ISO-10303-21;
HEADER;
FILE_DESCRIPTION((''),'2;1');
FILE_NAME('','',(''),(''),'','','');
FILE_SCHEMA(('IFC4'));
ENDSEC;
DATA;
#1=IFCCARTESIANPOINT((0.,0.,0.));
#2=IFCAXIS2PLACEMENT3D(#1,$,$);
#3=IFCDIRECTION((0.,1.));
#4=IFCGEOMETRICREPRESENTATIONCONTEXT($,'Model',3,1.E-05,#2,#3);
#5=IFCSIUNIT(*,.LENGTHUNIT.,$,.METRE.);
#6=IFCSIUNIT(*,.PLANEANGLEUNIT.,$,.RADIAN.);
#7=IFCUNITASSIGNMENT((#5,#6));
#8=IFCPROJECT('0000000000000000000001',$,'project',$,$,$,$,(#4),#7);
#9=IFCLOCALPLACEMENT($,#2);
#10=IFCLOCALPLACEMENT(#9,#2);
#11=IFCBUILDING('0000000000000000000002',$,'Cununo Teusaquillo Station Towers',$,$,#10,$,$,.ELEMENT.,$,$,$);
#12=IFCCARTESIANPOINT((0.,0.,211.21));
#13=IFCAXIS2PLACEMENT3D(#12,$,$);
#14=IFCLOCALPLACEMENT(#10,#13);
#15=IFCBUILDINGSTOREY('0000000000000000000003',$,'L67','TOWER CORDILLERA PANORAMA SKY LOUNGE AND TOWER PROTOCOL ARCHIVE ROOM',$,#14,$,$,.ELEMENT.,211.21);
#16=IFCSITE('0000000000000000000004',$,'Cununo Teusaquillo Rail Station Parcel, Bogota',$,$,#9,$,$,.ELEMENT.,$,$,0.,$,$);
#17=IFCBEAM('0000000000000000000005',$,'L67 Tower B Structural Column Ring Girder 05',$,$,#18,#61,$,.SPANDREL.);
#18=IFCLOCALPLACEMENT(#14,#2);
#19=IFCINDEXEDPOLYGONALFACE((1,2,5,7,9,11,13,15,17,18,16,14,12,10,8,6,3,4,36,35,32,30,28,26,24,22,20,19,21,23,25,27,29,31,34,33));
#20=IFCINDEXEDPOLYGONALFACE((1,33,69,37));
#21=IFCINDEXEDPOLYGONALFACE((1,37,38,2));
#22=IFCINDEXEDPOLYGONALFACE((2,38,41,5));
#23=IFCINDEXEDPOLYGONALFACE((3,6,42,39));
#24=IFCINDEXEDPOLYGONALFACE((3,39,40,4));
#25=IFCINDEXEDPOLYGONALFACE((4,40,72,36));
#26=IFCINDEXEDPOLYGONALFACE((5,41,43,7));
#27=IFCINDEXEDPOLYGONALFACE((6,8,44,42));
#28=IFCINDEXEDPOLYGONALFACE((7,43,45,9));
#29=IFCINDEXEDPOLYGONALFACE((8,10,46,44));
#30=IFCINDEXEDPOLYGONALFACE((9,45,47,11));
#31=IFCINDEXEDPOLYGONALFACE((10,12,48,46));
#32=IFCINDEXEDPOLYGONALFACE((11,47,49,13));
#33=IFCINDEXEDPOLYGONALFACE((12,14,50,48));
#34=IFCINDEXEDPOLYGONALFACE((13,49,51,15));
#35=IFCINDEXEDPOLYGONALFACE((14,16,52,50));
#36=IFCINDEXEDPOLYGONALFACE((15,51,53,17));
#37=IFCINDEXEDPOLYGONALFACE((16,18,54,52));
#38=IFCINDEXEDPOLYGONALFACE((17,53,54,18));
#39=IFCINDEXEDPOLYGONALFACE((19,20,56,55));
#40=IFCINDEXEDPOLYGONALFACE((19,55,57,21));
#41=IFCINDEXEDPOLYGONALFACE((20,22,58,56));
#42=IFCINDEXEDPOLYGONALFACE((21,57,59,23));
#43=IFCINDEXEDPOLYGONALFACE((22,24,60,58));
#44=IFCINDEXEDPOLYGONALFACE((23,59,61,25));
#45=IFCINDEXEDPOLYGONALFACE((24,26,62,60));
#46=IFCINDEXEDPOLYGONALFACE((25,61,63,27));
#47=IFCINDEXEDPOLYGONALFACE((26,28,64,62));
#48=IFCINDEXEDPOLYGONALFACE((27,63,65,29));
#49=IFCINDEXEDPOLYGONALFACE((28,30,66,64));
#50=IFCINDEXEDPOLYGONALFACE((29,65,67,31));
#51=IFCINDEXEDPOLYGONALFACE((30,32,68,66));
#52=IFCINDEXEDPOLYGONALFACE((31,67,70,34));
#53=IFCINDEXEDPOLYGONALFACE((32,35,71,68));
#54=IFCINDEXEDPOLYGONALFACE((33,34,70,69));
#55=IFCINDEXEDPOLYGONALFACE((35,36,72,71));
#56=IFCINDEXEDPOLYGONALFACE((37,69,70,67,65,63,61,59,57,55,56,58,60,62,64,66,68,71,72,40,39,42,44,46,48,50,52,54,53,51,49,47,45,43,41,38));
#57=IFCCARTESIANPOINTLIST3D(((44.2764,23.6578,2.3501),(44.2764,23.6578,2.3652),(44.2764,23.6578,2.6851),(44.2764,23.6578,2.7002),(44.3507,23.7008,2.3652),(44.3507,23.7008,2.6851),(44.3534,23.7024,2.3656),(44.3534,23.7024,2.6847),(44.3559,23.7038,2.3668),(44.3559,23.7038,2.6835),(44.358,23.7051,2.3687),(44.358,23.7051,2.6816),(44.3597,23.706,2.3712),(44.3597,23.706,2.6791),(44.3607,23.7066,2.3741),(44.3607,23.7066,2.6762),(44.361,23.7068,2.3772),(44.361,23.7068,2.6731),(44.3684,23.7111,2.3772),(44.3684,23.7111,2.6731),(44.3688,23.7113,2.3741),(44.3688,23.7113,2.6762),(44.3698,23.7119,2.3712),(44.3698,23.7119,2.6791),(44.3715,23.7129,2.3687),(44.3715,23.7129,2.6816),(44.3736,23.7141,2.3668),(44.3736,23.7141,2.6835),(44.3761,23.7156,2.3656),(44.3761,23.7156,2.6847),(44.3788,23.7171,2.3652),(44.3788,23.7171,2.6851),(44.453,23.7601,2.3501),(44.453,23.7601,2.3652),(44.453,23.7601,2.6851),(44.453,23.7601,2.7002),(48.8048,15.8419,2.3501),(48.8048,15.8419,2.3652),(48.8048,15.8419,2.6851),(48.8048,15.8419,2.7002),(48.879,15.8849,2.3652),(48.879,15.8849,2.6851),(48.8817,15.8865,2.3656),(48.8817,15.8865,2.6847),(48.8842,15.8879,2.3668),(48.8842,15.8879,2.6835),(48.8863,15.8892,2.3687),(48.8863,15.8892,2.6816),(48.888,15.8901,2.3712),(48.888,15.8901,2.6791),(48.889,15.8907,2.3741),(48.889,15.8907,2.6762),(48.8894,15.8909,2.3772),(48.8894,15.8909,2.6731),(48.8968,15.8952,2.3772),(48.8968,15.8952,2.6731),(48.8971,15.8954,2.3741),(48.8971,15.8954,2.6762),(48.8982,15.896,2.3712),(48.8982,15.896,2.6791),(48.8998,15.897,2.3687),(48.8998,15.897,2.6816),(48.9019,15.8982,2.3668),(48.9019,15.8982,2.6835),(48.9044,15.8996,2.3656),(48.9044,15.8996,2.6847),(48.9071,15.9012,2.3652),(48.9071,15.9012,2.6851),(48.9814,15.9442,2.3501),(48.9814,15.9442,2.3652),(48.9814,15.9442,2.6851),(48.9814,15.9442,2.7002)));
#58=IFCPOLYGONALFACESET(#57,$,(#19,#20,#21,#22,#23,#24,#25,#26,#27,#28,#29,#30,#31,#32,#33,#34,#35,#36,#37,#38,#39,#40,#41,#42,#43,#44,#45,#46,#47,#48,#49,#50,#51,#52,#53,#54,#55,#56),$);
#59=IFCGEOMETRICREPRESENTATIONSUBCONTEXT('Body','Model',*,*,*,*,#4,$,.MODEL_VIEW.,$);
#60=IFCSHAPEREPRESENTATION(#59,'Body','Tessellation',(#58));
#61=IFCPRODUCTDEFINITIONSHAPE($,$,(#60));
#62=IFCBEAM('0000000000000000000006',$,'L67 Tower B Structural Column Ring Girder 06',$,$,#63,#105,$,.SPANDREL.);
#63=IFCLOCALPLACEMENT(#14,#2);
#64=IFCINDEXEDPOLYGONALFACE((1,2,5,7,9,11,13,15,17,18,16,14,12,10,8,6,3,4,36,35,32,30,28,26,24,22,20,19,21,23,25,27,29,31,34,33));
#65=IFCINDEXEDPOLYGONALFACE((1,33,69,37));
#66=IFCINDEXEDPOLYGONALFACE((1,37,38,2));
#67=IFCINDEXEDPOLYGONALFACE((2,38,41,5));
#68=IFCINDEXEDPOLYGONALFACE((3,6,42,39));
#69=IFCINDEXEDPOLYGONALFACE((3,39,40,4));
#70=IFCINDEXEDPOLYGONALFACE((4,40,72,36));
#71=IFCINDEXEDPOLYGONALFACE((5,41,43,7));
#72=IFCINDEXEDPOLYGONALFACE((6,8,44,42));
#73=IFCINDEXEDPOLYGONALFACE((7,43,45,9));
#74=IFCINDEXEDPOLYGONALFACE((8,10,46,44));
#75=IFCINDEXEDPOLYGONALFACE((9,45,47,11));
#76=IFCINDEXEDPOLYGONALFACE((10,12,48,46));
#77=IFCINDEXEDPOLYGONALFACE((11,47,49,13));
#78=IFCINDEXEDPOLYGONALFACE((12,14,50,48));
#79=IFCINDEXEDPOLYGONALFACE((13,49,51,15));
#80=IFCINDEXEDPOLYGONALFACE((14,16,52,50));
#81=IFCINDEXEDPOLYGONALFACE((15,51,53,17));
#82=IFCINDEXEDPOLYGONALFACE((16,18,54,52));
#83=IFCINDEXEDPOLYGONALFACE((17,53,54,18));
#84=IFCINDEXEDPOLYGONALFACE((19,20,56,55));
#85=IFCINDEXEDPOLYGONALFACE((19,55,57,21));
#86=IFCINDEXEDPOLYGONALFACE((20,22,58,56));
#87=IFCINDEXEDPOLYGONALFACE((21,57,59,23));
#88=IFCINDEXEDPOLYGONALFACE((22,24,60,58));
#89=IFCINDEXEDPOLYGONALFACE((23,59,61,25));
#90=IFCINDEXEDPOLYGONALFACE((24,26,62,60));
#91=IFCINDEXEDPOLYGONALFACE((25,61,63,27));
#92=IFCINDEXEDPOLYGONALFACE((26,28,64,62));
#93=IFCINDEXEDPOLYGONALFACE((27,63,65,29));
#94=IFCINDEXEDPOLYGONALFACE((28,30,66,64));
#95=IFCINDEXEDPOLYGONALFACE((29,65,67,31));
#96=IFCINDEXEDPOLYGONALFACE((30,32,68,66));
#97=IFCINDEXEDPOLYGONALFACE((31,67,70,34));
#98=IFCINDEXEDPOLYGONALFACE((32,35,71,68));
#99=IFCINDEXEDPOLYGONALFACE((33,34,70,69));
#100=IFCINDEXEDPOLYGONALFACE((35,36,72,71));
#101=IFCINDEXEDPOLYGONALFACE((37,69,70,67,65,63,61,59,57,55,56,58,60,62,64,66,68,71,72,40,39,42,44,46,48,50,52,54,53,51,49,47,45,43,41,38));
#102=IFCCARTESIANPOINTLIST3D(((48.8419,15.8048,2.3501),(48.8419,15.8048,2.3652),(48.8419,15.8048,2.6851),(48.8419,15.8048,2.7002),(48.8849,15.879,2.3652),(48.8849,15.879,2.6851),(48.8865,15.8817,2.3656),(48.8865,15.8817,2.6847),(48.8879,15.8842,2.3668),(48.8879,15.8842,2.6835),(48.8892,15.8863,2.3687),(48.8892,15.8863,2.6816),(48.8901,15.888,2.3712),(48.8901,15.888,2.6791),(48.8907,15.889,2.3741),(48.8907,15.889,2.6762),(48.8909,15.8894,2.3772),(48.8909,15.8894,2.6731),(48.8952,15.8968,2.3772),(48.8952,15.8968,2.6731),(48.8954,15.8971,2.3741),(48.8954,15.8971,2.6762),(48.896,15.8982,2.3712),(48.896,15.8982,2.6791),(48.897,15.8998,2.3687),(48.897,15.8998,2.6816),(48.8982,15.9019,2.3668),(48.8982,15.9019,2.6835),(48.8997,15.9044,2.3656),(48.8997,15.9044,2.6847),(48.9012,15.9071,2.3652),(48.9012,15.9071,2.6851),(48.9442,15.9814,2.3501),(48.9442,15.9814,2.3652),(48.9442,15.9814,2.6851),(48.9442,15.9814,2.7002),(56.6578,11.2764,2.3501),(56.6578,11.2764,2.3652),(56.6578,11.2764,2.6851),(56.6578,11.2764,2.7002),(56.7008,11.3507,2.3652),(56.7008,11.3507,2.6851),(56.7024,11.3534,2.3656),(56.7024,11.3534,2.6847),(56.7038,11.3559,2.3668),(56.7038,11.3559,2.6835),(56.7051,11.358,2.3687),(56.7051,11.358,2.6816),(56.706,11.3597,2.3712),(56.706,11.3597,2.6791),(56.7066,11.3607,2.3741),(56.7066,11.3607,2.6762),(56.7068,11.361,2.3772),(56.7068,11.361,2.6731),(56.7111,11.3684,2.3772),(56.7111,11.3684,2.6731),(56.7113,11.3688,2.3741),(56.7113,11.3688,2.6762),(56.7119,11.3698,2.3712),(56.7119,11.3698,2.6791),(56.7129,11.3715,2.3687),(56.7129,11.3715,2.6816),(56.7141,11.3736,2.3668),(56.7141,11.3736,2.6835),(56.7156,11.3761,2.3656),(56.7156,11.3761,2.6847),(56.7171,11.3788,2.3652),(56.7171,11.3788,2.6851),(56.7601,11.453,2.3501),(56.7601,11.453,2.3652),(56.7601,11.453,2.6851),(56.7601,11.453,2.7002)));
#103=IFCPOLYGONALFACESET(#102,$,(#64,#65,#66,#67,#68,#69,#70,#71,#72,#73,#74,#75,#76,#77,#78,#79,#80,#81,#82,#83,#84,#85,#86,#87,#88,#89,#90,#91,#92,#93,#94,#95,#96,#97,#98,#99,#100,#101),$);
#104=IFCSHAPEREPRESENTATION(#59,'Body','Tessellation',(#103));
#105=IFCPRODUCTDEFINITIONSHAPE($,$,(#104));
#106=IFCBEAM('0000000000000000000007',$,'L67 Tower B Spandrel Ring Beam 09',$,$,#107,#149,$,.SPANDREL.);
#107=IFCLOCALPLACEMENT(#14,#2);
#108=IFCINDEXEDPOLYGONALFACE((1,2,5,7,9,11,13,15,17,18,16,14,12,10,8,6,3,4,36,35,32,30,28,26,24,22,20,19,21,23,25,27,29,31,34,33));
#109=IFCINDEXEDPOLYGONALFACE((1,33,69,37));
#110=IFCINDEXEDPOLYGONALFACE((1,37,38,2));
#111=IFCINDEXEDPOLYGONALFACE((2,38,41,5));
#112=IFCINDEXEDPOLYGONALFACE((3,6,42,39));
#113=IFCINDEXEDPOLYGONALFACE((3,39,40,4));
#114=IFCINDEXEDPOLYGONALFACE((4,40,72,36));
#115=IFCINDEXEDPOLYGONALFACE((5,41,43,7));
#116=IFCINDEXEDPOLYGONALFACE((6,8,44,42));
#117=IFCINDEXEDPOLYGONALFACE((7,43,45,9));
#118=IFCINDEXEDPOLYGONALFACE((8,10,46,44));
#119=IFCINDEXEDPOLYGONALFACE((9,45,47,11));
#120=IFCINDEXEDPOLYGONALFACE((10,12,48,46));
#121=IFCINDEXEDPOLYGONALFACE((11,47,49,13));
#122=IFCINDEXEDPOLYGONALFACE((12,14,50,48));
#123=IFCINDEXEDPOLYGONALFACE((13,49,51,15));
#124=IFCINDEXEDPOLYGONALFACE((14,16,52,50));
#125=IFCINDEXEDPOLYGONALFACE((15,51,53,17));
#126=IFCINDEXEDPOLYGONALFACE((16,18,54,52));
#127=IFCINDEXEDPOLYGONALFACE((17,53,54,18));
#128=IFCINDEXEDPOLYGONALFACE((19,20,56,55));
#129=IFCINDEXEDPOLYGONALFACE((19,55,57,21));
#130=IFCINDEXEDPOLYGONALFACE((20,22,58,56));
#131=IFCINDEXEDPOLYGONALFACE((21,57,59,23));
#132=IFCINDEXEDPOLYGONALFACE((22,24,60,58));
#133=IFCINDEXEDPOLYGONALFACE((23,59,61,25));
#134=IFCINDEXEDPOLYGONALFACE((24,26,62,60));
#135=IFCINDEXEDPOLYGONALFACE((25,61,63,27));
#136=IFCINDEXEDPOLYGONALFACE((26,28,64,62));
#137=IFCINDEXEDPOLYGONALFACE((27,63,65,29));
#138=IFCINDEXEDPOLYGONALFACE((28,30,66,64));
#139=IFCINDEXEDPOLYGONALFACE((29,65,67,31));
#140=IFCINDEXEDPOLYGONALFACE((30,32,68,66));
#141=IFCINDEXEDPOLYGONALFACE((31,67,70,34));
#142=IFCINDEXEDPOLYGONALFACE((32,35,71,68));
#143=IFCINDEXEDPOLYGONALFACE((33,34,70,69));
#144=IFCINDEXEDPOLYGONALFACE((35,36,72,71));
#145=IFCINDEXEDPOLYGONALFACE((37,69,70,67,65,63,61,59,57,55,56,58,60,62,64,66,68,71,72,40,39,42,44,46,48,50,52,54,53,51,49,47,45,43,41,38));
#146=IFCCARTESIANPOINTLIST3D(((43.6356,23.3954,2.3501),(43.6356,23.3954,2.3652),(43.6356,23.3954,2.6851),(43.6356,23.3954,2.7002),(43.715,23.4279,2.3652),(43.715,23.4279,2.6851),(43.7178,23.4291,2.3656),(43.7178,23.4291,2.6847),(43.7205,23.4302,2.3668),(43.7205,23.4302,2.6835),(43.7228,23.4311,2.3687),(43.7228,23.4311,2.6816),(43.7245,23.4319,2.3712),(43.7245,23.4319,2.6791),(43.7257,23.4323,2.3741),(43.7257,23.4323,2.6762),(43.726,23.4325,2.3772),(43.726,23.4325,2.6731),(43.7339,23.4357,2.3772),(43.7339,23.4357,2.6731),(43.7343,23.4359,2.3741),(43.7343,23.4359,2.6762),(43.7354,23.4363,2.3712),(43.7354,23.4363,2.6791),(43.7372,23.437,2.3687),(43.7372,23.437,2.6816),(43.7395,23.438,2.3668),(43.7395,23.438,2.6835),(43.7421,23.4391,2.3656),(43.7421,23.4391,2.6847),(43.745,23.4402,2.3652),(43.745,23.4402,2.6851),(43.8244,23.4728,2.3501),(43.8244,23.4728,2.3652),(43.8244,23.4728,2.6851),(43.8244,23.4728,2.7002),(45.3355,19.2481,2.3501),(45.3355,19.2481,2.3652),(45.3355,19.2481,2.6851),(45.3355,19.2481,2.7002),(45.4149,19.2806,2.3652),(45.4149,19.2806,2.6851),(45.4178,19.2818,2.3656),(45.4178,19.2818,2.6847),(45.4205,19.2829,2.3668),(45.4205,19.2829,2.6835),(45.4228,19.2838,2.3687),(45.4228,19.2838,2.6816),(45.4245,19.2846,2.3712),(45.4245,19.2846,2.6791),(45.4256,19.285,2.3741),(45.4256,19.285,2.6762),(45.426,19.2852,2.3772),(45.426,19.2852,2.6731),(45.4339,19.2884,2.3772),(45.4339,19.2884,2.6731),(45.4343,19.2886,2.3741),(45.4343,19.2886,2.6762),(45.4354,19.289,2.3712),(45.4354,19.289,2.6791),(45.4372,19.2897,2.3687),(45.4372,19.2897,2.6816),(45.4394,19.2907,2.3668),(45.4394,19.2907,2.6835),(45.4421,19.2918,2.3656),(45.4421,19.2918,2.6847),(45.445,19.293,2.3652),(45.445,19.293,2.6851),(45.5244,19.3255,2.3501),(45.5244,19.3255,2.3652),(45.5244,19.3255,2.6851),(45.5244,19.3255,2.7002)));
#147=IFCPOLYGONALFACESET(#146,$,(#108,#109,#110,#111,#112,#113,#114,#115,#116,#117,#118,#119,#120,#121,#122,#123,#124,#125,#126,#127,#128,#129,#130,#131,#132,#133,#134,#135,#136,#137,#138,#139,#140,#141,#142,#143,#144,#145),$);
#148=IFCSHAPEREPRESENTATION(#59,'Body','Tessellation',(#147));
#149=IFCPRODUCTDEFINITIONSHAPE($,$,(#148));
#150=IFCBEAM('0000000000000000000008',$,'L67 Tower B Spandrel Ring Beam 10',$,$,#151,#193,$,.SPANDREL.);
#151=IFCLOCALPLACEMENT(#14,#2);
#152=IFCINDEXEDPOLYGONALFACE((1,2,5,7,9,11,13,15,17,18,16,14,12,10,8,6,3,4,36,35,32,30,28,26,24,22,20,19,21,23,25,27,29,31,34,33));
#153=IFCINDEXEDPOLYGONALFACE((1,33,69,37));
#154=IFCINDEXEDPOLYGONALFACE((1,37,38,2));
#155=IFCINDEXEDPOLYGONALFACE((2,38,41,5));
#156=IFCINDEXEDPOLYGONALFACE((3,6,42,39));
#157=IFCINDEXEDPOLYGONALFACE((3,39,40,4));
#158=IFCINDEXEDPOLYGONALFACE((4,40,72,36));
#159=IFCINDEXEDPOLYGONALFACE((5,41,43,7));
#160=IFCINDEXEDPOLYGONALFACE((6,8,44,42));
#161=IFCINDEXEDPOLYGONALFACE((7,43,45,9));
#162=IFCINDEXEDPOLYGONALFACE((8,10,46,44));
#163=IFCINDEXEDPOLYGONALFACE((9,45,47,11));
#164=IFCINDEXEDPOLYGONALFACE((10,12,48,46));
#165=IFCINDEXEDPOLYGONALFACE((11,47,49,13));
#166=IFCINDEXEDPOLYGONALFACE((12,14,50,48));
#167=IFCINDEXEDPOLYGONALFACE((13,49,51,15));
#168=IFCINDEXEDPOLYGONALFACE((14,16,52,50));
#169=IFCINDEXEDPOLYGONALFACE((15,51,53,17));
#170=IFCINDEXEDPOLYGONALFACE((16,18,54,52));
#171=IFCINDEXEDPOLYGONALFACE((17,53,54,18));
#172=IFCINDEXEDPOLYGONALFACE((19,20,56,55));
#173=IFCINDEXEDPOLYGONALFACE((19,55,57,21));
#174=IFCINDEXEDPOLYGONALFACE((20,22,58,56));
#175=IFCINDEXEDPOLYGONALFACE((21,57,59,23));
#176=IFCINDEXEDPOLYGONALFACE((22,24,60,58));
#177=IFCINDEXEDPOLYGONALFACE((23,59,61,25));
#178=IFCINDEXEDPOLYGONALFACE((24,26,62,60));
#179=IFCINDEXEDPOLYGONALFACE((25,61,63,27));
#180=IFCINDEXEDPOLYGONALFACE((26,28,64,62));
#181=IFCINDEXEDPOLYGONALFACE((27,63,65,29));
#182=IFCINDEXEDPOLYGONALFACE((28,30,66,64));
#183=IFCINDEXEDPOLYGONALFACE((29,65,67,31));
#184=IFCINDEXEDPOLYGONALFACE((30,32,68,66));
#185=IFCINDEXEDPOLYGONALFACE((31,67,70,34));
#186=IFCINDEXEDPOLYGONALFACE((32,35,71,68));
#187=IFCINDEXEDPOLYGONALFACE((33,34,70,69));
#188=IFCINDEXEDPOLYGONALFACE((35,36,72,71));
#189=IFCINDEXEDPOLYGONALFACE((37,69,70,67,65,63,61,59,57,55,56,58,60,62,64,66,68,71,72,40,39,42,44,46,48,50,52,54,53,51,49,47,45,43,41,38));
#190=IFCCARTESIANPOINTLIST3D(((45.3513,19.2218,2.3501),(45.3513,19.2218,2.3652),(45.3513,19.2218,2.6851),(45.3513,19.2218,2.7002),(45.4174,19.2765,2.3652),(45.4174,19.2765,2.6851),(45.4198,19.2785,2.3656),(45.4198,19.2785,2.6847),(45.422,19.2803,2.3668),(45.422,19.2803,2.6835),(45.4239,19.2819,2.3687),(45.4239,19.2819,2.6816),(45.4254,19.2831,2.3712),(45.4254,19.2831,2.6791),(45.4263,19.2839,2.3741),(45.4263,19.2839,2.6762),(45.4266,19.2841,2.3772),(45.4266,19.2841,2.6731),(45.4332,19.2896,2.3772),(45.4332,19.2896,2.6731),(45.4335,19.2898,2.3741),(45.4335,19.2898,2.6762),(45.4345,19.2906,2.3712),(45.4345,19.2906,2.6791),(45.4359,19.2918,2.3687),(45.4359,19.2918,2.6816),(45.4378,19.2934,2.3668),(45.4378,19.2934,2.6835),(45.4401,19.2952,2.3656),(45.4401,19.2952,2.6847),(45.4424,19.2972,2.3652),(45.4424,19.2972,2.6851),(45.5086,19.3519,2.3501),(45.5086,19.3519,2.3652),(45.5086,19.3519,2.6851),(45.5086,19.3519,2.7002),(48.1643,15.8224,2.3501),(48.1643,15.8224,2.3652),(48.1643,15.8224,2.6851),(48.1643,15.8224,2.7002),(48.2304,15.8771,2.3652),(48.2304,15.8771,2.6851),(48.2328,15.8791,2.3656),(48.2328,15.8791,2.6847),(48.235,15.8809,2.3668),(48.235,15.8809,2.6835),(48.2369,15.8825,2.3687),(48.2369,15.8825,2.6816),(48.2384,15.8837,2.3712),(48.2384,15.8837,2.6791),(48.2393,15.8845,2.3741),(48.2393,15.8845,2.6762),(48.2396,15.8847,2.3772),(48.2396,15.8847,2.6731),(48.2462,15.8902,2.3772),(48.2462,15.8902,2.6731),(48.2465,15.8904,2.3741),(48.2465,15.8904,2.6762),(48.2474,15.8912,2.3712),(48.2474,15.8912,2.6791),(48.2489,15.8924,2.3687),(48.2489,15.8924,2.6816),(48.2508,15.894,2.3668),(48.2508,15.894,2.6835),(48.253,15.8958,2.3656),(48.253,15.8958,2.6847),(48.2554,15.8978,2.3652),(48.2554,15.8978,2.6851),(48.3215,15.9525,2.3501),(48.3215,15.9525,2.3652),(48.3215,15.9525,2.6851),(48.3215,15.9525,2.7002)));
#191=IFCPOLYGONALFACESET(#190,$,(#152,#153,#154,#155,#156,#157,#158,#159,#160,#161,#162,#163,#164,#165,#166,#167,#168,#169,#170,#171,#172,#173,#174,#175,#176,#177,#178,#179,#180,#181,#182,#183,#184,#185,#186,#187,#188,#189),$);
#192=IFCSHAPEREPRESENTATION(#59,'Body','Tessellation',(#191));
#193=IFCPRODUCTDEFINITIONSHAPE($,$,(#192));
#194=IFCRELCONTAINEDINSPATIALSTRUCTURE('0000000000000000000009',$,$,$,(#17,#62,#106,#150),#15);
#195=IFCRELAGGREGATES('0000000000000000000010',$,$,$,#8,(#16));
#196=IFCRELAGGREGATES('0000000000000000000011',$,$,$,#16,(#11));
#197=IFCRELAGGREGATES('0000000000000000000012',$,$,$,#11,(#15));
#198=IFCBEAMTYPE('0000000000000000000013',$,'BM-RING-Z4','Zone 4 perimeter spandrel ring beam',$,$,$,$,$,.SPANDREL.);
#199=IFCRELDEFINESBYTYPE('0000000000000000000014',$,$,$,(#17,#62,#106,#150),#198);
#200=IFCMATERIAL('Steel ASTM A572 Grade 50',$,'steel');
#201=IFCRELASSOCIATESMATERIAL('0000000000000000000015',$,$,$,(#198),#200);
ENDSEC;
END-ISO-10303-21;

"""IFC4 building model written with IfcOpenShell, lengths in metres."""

from ifc_helpers import new_model, si_unit, direction, frame, origin, origin_2d, place, context, subcontext, project, spatial, i_section, extrude, material, material_profile, profile_set, type_object, element, save


model = new_model("IFC4")

# Units and contexts
model_context = context("Model", 3, precision=1e-05, world=origin(), true_north=direction((0.0, 1.0)))
body_context = subcontext(model_context, "Body", "Model", "MODEL_VIEW")
ifc_project = project(units=[si_unit("LENGTHUNIT", "METRE"), si_unit("PLANEANGLEUNIT", "RADIAN")], contexts=[model_context])

# Site, building, storey
site_placement = place(None, origin())
site = spatial("IfcSite", under=ifc_project, at=site_placement, Name="Cununo Teusaquillo Rail Station Parcel, Bogota", CompositionType="ELEMENT", RefElevation=0.0)
building_placement = place(site_placement, origin())
building = spatial("IfcBuilding", under=site, at=building_placement, Name="Cununo Teusaquillo Station Towers", CompositionType="ELEMENT")
storey_placement = place(building_placement, frame((0.0, 0.0, 211.21)))
storey = spatial("IfcBuildingStorey", under=building, at=storey_placement, Name="L67", Description="TOWER CORDILLERA PANORAMA SKY LOUNGE AND TOWER PROTOCOL ARCHIVE ROOM", CompositionType="ELEMENT", Elevation=211.21)

# Beams
ifc_material_1 = material(Name="Steel ASTM A572 Grade 50", Category="steel")
ifc_material_profile_1 = material_profile(ifc_material_1, i_section(OverallWidth=0.2041, OverallDepth=0.3501, WebThickness=0.0085, FlangeThickness=0.0151, FilletRadius=0.012, at=origin_2d()), Name="W14X48")
ifc_profile_set_1 = profile_set([ifc_material_profile_1], Name="Steel ASTM A572 Grade 50")
beam_type_1 = type_object("IfcBeamType", Name="BM-RING-Z4", Description="Zone 4 perimeter spandrel ring beam", PredefinedType="SPANDREL", material=ifc_profile_set_1)
for number, where, z_axis, x_axis, name in (
    (1, (44.3647, 23.709, 2.5251), (0.501311, -0.865267, 0.0), (0.865267, 0.501311, 0.0), "L67 Tower B Structural Column Ring Girder 05"),
    (2, (48.8931, 15.8931, 2.5251), (0.865267, -0.501311, 0.0), (0.501311, 0.865267, 0.0), "L67 Tower B Structural Column Ring Girder 06"),
):
    element("IfcBeam", number, at=place(storey_placement, frame(where, z_axis=z_axis, x_axis=x_axis)), inside=storey, type_object=beam_type_1, Name=name, PredefinedType="SPANDREL", context=body_context, shape_type="SweptSolid", body=[
        extrude(i_section(OverallWidth=0.2041, OverallDepth=0.3501, WebThickness=0.0085, FlangeThickness=0.0151, FilletRadius=0.012, at=origin_2d()), origin(), (0.0, 0.0, 1.0), 9.033),
    ])
beam_1_placement = place(storey_placement, frame((43.73, 23.4341, 2.5251), z_axis=(0.379275, -0.925284, 0.0), x_axis=(0.925284, 0.379275, 0.0)))
element("IfcBeam", 3, at=beam_1_placement, inside=storey, type_object=beam_type_1, Name="L67 Tower B Spandrel Ring Beam 09", PredefinedType="SPANDREL", context=body_context, shape_type="SweptSolid", body=[
    extrude(i_section(OverallWidth=0.2041, OverallDepth=0.3501, WebThickness=0.0085, FlangeThickness=0.0151, FilletRadius=0.012, at=origin_2d()), origin(), (0.0, 0.0, 1.0), 4.4822),
])
beam_2_placement = place(storey_placement, frame((45.4299, 19.2869, 2.5251), z_axis=(0.637525, -0.77043, 0.0), x_axis=(0.77043, 0.637525, 0.0)))
element("IfcBeam", 4, at=beam_2_placement, inside=storey, type_object=beam_type_1, Name="L67 Tower B Spandrel Ring Beam 10", PredefinedType="SPANDREL", context=body_context, shape_type="SweptSolid", body=[
    extrude(i_section(OverallWidth=0.2041, OverallDepth=0.3501, WebThickness=0.0085, FlangeThickness=0.0151, FilletRadius=0.012, at=origin_2d()), origin(), (0.0, 0.0, 1.0), 4.4124),
])

save(model, "model.ifc")
